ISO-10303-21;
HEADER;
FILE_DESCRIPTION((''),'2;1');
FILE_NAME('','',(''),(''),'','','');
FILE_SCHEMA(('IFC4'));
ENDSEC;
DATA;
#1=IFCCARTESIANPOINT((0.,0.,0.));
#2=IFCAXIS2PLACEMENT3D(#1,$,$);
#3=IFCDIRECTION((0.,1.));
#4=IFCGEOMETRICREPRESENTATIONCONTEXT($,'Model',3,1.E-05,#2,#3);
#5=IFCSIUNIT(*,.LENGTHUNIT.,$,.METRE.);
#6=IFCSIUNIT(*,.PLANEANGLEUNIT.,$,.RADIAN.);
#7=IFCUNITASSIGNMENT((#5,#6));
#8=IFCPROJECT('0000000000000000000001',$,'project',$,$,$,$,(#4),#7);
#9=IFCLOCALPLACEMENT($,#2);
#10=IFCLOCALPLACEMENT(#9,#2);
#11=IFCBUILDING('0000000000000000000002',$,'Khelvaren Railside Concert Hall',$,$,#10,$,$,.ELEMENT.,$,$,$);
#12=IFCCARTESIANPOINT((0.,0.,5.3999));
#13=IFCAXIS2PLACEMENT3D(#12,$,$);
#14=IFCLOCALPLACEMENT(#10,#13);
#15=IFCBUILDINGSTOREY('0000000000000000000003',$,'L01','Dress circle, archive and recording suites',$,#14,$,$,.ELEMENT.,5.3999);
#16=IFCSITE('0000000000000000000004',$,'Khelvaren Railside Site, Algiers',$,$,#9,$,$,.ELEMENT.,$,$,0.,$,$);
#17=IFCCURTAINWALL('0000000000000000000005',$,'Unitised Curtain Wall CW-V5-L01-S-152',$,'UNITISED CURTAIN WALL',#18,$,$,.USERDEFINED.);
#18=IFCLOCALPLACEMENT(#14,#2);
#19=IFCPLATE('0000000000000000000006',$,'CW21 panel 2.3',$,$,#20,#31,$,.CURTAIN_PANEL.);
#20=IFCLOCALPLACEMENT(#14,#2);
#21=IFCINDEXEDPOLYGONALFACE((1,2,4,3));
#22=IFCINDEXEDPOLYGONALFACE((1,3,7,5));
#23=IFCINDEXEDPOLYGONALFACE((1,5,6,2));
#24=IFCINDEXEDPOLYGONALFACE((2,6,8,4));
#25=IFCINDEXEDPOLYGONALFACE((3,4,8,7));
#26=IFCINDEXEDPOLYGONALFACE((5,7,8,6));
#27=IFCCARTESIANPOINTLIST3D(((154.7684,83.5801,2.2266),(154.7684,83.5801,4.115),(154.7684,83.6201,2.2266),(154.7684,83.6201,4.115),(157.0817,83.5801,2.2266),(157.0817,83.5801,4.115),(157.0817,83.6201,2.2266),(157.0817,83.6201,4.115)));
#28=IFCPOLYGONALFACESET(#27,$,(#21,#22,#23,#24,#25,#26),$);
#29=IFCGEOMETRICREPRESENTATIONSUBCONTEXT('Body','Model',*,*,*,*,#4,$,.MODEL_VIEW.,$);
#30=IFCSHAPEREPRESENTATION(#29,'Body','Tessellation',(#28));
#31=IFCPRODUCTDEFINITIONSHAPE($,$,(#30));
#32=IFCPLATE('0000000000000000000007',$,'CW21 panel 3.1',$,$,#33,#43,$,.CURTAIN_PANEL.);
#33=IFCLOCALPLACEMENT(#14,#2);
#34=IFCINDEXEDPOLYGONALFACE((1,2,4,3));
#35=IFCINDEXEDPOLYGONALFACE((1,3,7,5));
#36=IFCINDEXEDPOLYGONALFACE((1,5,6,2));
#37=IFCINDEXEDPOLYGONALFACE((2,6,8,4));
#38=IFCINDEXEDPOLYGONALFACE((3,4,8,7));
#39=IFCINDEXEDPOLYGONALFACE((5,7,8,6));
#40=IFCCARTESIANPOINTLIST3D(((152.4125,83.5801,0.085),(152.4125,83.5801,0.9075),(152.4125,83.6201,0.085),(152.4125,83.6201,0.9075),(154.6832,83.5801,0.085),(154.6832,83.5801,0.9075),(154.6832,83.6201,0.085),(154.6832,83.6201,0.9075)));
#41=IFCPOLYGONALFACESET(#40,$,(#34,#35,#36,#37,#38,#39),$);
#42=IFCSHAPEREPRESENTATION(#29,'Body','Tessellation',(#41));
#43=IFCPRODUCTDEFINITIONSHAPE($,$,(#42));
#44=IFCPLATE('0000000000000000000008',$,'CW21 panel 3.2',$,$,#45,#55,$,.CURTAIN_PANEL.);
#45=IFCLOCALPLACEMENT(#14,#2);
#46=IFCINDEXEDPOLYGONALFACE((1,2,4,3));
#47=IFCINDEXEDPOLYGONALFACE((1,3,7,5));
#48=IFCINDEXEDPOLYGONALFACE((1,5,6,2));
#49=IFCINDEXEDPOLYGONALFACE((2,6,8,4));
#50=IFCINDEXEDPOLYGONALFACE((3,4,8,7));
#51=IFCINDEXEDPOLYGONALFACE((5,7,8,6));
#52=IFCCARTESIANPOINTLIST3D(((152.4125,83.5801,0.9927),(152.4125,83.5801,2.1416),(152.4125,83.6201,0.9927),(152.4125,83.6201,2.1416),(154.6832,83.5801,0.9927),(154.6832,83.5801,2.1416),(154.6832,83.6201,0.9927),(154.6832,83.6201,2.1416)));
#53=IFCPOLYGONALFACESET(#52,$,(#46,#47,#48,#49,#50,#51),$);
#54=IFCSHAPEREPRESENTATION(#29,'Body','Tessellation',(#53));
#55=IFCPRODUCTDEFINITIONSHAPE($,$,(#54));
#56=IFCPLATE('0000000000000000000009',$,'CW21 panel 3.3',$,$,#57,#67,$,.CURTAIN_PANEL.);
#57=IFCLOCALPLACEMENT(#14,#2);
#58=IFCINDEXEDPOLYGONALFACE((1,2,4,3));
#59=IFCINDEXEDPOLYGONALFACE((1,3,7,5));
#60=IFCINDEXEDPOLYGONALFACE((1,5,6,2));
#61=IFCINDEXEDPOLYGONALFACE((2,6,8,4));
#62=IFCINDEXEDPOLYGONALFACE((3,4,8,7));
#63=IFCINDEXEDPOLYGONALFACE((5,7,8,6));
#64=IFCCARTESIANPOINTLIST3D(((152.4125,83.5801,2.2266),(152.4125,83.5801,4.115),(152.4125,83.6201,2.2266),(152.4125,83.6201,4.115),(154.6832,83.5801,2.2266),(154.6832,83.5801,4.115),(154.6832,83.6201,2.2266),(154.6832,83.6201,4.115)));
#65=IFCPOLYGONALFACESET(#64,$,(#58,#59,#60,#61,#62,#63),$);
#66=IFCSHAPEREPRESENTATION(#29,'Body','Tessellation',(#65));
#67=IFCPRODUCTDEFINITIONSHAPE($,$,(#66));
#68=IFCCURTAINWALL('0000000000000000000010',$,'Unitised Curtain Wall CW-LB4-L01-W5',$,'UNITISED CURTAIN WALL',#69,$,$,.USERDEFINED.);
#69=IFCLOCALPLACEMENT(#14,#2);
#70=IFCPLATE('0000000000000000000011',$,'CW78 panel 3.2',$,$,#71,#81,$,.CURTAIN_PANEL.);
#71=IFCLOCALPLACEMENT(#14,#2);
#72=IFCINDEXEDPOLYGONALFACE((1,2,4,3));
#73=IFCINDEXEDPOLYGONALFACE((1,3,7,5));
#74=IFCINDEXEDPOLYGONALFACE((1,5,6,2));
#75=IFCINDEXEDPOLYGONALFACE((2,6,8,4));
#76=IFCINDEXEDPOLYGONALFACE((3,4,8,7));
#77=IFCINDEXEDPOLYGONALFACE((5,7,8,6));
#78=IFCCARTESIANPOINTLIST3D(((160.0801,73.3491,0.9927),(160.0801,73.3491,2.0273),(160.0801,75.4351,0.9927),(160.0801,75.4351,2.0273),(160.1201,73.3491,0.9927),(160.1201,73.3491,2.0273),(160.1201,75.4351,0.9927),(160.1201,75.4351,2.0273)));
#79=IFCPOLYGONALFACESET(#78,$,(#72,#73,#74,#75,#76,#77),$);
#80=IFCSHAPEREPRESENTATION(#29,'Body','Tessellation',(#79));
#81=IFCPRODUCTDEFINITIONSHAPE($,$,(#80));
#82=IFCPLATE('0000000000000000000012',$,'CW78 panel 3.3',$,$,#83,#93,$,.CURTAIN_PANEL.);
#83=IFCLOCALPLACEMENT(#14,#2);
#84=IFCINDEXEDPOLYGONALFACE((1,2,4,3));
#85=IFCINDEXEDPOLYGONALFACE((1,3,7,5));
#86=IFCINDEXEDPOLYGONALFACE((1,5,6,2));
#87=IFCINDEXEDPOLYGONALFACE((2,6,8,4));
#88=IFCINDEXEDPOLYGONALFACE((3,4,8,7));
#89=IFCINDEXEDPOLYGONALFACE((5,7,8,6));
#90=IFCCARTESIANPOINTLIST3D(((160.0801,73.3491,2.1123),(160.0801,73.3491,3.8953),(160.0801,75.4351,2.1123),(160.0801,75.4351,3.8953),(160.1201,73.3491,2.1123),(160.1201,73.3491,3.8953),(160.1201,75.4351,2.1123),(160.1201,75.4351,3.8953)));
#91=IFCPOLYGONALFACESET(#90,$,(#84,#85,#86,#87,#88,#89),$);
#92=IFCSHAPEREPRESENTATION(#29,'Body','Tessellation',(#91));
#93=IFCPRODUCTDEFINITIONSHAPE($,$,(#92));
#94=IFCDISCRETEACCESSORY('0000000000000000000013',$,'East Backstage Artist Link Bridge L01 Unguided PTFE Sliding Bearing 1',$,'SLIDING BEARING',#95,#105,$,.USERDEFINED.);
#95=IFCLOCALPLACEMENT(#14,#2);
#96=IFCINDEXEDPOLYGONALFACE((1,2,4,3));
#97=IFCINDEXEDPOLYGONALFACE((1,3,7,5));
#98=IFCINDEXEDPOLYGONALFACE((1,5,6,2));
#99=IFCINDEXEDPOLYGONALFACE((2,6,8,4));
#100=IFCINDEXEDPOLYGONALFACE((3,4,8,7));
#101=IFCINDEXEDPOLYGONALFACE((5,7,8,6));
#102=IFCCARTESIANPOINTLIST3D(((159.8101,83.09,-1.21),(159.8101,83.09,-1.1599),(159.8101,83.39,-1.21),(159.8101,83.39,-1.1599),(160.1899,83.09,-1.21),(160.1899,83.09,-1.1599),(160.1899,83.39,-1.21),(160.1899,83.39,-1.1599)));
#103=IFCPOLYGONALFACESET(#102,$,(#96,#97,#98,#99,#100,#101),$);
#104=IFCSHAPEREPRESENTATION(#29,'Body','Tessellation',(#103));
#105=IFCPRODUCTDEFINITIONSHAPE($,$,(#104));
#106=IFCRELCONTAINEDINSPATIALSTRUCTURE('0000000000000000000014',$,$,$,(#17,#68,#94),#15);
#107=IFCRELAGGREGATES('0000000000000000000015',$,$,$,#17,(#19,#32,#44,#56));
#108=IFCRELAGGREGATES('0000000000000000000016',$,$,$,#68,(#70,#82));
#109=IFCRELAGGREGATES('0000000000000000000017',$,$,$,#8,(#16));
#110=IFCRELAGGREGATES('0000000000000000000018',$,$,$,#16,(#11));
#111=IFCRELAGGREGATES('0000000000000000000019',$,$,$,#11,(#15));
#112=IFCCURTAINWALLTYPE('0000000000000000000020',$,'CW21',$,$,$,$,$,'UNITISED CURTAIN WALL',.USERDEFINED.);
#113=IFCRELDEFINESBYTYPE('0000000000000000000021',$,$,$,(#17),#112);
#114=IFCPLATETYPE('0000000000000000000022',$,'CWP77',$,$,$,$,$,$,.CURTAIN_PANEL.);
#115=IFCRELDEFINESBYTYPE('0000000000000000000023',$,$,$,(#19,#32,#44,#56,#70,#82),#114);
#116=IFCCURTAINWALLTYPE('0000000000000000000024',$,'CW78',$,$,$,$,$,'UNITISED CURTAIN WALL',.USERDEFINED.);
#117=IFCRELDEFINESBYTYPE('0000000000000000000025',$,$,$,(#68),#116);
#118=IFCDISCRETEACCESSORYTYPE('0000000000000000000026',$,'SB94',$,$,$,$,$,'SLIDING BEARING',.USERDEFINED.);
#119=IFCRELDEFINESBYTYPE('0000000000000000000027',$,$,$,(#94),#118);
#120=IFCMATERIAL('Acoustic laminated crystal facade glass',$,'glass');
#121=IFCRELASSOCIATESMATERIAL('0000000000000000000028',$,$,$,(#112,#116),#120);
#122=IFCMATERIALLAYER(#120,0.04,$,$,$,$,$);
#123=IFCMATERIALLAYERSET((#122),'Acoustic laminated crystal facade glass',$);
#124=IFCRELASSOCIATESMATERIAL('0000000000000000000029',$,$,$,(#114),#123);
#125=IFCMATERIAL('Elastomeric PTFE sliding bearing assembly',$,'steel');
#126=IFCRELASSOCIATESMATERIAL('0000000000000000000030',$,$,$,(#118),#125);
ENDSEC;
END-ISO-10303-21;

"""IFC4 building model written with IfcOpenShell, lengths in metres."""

from ifc_helpers import new_model, si_unit, direction, frame, origin, origin_2d, place, context, subcontext, project, spatial, rectangle, extrude, material, layer, layer_set, type_object, element, aggregate, save


model = new_model("IFC4")

# Units and contexts
model_context = context("Model", 3, precision=1e-05, world=origin(), true_north=direction((0.0, 1.0)))
body_context = subcontext(model_context, "Body", "Model", "MODEL_VIEW")
ifc_project = project(units=[si_unit("LENGTHUNIT", "METRE"), si_unit("PLANEANGLEUNIT", "RADIAN")], contexts=[model_context])

# Site, building, storey
site_placement = place(None, origin())
site = spatial("IfcSite", under=ifc_project, at=site_placement, Name="Khelvaren Railside Site, Algiers", CompositionType="ELEMENT", RefElevation=0.0)
building_placement = place(site_placement, origin())
building = spatial("IfcBuilding", under=site, at=building_placement, Name="Khelvaren Railside Concert Hall", CompositionType="ELEMENT")
storey_placement = place(building_placement, frame((0.0, 0.0, 5.3999)))
storey = spatial("IfcBuildingStorey", under=building, at=storey_placement, Name="L01", Description="Dress circle, archive and recording suites", CompositionType="ELEMENT", Elevation=5.3999)

# Shared definitions
ifc_material_1 = material(Name="Acoustic laminated crystal facade glass", Category="glass")

# Curtain wall
curtain_wall_type_1 = type_object("IfcCurtainWallType", Name="CW21", ElementType="UNITISED CURTAIN WALL", PredefinedType="USERDEFINED", material=ifc_material_1)
curtain_wall_1_placement = place(storey_placement, origin())
curtain_wall_1 = element("IfcCurtainWall", 1, at=curtain_wall_1_placement, inside=storey, type_object=curtain_wall_type_1, Name="Unitised Curtain Wall CW-V5-L01-S-152", ObjectType="UNITISED CURTAIN WALL", PredefinedType="USERDEFINED")

# Plates
ifc_layer = layer(ifc_material_1, 0.04)
ifc_layer_set = layer_set([ifc_layer], Name="Acoustic laminated crystal facade glass")
plate_type = type_object("IfcPlateType", Name="CWP77", PredefinedType="CURTAIN_PANEL", material=ifc_layer_set)
plate_1_placement = place(storey_placement, frame((155.925, 83.6001, 2.2266), z_axis=(0.0, 0.0, 1.0), x_axis=(-1.0, 0.0, 0.0)))
plate_1 = element("IfcPlate", 2, at=plate_1_placement, type_object=plate_type, Name="CW21 panel 2.3", PredefinedType="CURTAIN_PANEL", context=body_context, shape_type="SweptSolid", body=[
    extrude(rectangle(XDim=2.3132, YDim=0.04, at=origin_2d()), origin(), (0.0, 0.0, 1.0), 1.8884),
])
plate_2_placement = place(storey_placement, frame((153.5479, 83.6001, 0.085), z_axis=(0.0, 0.0, 1.0), x_axis=(-1.0, 0.0, 0.0)))
plate_2 = element("IfcPlate", 3, at=plate_2_placement, type_object=plate_type, Name="CW21 panel 3.1", PredefinedType="CURTAIN_PANEL", context=body_context, shape_type="SweptSolid", body=[
    extrude(rectangle(XDim=2.2708, YDim=0.04, at=origin_2d()), origin(), (0.0, 0.0, 1.0), 0.8225),
])
plate_3_placement = place(storey_placement, frame((153.5479, 83.6001, 0.9927), z_axis=(0.0, 0.0, 1.0), x_axis=(-1.0, 0.0, 0.0)))
plate_3 = element("IfcPlate", 4, at=plate_3_placement, type_object=plate_type, Name="CW21 panel 3.2", PredefinedType="CURTAIN_PANEL", context=body_context, shape_type="SweptSolid", body=[
    extrude(rectangle(XDim=2.2708, YDim=0.04, at=origin_2d()), origin(), (0.0, 0.0, 1.0), 1.1489),
])
plate_4_placement = place(storey_placement, frame((153.5479, 83.6001, 2.2266), z_axis=(0.0, 0.0, 1.0), x_axis=(-1.0, 0.0, 0.0)))
plate_4 = element("IfcPlate", 5, at=plate_4_placement, type_object=plate_type, Name="CW21 panel 3.3", PredefinedType="CURTAIN_PANEL", context=body_context, shape_type="SweptSolid", body=[
    extrude(rectangle(XDim=2.2708, YDim=0.04, at=origin_2d()), origin(), (0.0, 0.0, 1.0), 1.8884),
])
aggregate(curtain_wall_1, [plate_1, plate_2, plate_3, plate_4])

# Curtain wall, plates
curtain_wall_type_2 = type_object("IfcCurtainWallType", Name="CW78", ElementType="UNITISED CURTAIN WALL", PredefinedType="USERDEFINED", material=ifc_material_1)
curtain_wall_2_placement = place(storey_placement, origin())
curtain_wall_2 = element("IfcCurtainWall", 6, at=curtain_wall_2_placement, inside=storey, type_object=curtain_wall_type_2, Name="Unitised Curtain Wall CW-LB4-L01-W5", ObjectType="UNITISED CURTAIN WALL", PredefinedType="USERDEFINED")
plate_5_placement = place(storey_placement, frame((160.1001, 74.3921, 0.9927), z_axis=(0.0, 0.0, 1.0), x_axis=(0.0, 1.0, 0.0)))
plate_5 = element("IfcPlate", 7, at=plate_5_placement, type_object=plate_type, Name="CW78 panel 3.2", PredefinedType="CURTAIN_PANEL", context=body_context, shape_type="SweptSolid", body=[
    extrude(rectangle(XDim=2.0859, YDim=0.04, at=origin_2d()), origin(), (0.0, 0.0, 1.0), 1.0347),
])
plate_6_placement = place(storey_placement, frame((160.1001, 74.3921, 2.1123), z_axis=(0.0, 0.0, 1.0), x_axis=(0.0, 1.0, 0.0)))
plate_6 = element("IfcPlate", 8, at=plate_6_placement, type_object=plate_type, Name="CW78 panel 3.3", PredefinedType="CURTAIN_PANEL", context=body_context, shape_type="SweptSolid", body=[
    extrude(rectangle(XDim=2.0859, YDim=0.04, at=origin_2d()), origin(), (0.0, 0.0, 1.0), 1.783),
])
aggregate(curtain_wall_2, [plate_5, plate_6])

# Discrete accessory
ifc_material_2 = material(Name="Elastomeric PTFE sliding bearing assembly", Category="steel")
discrete_accessory_type = type_object("IfcDiscreteAccessoryType", Name="SB94", ElementType="SLIDING BEARING", PredefinedType="USERDEFINED", material=ifc_material_2)
discrete_accessory_placement = place(storey_placement, frame((160.0, 83.24, -1.21), z_axis=(0.0, 0.0, 1.0), x_axis=(0.0, 1.0, 0.0)))
element("IfcDiscreteAccessory", 9, at=discrete_accessory_placement, inside=storey, type_object=discrete_accessory_type, Name="East Backstage Artist Link Bridge L01 Unguided PTFE Sliding Bearing 1", ObjectType="SLIDING BEARING", PredefinedType="USERDEFINED", context=body_context, shape_type="SweptSolid", body=[
    extrude(rectangle(XDim=0.3, YDim=0.3799, at=origin_2d()), origin(), (0.0, 0.0, 1.0), 0.05),
])

save(model, "model.ifc")
